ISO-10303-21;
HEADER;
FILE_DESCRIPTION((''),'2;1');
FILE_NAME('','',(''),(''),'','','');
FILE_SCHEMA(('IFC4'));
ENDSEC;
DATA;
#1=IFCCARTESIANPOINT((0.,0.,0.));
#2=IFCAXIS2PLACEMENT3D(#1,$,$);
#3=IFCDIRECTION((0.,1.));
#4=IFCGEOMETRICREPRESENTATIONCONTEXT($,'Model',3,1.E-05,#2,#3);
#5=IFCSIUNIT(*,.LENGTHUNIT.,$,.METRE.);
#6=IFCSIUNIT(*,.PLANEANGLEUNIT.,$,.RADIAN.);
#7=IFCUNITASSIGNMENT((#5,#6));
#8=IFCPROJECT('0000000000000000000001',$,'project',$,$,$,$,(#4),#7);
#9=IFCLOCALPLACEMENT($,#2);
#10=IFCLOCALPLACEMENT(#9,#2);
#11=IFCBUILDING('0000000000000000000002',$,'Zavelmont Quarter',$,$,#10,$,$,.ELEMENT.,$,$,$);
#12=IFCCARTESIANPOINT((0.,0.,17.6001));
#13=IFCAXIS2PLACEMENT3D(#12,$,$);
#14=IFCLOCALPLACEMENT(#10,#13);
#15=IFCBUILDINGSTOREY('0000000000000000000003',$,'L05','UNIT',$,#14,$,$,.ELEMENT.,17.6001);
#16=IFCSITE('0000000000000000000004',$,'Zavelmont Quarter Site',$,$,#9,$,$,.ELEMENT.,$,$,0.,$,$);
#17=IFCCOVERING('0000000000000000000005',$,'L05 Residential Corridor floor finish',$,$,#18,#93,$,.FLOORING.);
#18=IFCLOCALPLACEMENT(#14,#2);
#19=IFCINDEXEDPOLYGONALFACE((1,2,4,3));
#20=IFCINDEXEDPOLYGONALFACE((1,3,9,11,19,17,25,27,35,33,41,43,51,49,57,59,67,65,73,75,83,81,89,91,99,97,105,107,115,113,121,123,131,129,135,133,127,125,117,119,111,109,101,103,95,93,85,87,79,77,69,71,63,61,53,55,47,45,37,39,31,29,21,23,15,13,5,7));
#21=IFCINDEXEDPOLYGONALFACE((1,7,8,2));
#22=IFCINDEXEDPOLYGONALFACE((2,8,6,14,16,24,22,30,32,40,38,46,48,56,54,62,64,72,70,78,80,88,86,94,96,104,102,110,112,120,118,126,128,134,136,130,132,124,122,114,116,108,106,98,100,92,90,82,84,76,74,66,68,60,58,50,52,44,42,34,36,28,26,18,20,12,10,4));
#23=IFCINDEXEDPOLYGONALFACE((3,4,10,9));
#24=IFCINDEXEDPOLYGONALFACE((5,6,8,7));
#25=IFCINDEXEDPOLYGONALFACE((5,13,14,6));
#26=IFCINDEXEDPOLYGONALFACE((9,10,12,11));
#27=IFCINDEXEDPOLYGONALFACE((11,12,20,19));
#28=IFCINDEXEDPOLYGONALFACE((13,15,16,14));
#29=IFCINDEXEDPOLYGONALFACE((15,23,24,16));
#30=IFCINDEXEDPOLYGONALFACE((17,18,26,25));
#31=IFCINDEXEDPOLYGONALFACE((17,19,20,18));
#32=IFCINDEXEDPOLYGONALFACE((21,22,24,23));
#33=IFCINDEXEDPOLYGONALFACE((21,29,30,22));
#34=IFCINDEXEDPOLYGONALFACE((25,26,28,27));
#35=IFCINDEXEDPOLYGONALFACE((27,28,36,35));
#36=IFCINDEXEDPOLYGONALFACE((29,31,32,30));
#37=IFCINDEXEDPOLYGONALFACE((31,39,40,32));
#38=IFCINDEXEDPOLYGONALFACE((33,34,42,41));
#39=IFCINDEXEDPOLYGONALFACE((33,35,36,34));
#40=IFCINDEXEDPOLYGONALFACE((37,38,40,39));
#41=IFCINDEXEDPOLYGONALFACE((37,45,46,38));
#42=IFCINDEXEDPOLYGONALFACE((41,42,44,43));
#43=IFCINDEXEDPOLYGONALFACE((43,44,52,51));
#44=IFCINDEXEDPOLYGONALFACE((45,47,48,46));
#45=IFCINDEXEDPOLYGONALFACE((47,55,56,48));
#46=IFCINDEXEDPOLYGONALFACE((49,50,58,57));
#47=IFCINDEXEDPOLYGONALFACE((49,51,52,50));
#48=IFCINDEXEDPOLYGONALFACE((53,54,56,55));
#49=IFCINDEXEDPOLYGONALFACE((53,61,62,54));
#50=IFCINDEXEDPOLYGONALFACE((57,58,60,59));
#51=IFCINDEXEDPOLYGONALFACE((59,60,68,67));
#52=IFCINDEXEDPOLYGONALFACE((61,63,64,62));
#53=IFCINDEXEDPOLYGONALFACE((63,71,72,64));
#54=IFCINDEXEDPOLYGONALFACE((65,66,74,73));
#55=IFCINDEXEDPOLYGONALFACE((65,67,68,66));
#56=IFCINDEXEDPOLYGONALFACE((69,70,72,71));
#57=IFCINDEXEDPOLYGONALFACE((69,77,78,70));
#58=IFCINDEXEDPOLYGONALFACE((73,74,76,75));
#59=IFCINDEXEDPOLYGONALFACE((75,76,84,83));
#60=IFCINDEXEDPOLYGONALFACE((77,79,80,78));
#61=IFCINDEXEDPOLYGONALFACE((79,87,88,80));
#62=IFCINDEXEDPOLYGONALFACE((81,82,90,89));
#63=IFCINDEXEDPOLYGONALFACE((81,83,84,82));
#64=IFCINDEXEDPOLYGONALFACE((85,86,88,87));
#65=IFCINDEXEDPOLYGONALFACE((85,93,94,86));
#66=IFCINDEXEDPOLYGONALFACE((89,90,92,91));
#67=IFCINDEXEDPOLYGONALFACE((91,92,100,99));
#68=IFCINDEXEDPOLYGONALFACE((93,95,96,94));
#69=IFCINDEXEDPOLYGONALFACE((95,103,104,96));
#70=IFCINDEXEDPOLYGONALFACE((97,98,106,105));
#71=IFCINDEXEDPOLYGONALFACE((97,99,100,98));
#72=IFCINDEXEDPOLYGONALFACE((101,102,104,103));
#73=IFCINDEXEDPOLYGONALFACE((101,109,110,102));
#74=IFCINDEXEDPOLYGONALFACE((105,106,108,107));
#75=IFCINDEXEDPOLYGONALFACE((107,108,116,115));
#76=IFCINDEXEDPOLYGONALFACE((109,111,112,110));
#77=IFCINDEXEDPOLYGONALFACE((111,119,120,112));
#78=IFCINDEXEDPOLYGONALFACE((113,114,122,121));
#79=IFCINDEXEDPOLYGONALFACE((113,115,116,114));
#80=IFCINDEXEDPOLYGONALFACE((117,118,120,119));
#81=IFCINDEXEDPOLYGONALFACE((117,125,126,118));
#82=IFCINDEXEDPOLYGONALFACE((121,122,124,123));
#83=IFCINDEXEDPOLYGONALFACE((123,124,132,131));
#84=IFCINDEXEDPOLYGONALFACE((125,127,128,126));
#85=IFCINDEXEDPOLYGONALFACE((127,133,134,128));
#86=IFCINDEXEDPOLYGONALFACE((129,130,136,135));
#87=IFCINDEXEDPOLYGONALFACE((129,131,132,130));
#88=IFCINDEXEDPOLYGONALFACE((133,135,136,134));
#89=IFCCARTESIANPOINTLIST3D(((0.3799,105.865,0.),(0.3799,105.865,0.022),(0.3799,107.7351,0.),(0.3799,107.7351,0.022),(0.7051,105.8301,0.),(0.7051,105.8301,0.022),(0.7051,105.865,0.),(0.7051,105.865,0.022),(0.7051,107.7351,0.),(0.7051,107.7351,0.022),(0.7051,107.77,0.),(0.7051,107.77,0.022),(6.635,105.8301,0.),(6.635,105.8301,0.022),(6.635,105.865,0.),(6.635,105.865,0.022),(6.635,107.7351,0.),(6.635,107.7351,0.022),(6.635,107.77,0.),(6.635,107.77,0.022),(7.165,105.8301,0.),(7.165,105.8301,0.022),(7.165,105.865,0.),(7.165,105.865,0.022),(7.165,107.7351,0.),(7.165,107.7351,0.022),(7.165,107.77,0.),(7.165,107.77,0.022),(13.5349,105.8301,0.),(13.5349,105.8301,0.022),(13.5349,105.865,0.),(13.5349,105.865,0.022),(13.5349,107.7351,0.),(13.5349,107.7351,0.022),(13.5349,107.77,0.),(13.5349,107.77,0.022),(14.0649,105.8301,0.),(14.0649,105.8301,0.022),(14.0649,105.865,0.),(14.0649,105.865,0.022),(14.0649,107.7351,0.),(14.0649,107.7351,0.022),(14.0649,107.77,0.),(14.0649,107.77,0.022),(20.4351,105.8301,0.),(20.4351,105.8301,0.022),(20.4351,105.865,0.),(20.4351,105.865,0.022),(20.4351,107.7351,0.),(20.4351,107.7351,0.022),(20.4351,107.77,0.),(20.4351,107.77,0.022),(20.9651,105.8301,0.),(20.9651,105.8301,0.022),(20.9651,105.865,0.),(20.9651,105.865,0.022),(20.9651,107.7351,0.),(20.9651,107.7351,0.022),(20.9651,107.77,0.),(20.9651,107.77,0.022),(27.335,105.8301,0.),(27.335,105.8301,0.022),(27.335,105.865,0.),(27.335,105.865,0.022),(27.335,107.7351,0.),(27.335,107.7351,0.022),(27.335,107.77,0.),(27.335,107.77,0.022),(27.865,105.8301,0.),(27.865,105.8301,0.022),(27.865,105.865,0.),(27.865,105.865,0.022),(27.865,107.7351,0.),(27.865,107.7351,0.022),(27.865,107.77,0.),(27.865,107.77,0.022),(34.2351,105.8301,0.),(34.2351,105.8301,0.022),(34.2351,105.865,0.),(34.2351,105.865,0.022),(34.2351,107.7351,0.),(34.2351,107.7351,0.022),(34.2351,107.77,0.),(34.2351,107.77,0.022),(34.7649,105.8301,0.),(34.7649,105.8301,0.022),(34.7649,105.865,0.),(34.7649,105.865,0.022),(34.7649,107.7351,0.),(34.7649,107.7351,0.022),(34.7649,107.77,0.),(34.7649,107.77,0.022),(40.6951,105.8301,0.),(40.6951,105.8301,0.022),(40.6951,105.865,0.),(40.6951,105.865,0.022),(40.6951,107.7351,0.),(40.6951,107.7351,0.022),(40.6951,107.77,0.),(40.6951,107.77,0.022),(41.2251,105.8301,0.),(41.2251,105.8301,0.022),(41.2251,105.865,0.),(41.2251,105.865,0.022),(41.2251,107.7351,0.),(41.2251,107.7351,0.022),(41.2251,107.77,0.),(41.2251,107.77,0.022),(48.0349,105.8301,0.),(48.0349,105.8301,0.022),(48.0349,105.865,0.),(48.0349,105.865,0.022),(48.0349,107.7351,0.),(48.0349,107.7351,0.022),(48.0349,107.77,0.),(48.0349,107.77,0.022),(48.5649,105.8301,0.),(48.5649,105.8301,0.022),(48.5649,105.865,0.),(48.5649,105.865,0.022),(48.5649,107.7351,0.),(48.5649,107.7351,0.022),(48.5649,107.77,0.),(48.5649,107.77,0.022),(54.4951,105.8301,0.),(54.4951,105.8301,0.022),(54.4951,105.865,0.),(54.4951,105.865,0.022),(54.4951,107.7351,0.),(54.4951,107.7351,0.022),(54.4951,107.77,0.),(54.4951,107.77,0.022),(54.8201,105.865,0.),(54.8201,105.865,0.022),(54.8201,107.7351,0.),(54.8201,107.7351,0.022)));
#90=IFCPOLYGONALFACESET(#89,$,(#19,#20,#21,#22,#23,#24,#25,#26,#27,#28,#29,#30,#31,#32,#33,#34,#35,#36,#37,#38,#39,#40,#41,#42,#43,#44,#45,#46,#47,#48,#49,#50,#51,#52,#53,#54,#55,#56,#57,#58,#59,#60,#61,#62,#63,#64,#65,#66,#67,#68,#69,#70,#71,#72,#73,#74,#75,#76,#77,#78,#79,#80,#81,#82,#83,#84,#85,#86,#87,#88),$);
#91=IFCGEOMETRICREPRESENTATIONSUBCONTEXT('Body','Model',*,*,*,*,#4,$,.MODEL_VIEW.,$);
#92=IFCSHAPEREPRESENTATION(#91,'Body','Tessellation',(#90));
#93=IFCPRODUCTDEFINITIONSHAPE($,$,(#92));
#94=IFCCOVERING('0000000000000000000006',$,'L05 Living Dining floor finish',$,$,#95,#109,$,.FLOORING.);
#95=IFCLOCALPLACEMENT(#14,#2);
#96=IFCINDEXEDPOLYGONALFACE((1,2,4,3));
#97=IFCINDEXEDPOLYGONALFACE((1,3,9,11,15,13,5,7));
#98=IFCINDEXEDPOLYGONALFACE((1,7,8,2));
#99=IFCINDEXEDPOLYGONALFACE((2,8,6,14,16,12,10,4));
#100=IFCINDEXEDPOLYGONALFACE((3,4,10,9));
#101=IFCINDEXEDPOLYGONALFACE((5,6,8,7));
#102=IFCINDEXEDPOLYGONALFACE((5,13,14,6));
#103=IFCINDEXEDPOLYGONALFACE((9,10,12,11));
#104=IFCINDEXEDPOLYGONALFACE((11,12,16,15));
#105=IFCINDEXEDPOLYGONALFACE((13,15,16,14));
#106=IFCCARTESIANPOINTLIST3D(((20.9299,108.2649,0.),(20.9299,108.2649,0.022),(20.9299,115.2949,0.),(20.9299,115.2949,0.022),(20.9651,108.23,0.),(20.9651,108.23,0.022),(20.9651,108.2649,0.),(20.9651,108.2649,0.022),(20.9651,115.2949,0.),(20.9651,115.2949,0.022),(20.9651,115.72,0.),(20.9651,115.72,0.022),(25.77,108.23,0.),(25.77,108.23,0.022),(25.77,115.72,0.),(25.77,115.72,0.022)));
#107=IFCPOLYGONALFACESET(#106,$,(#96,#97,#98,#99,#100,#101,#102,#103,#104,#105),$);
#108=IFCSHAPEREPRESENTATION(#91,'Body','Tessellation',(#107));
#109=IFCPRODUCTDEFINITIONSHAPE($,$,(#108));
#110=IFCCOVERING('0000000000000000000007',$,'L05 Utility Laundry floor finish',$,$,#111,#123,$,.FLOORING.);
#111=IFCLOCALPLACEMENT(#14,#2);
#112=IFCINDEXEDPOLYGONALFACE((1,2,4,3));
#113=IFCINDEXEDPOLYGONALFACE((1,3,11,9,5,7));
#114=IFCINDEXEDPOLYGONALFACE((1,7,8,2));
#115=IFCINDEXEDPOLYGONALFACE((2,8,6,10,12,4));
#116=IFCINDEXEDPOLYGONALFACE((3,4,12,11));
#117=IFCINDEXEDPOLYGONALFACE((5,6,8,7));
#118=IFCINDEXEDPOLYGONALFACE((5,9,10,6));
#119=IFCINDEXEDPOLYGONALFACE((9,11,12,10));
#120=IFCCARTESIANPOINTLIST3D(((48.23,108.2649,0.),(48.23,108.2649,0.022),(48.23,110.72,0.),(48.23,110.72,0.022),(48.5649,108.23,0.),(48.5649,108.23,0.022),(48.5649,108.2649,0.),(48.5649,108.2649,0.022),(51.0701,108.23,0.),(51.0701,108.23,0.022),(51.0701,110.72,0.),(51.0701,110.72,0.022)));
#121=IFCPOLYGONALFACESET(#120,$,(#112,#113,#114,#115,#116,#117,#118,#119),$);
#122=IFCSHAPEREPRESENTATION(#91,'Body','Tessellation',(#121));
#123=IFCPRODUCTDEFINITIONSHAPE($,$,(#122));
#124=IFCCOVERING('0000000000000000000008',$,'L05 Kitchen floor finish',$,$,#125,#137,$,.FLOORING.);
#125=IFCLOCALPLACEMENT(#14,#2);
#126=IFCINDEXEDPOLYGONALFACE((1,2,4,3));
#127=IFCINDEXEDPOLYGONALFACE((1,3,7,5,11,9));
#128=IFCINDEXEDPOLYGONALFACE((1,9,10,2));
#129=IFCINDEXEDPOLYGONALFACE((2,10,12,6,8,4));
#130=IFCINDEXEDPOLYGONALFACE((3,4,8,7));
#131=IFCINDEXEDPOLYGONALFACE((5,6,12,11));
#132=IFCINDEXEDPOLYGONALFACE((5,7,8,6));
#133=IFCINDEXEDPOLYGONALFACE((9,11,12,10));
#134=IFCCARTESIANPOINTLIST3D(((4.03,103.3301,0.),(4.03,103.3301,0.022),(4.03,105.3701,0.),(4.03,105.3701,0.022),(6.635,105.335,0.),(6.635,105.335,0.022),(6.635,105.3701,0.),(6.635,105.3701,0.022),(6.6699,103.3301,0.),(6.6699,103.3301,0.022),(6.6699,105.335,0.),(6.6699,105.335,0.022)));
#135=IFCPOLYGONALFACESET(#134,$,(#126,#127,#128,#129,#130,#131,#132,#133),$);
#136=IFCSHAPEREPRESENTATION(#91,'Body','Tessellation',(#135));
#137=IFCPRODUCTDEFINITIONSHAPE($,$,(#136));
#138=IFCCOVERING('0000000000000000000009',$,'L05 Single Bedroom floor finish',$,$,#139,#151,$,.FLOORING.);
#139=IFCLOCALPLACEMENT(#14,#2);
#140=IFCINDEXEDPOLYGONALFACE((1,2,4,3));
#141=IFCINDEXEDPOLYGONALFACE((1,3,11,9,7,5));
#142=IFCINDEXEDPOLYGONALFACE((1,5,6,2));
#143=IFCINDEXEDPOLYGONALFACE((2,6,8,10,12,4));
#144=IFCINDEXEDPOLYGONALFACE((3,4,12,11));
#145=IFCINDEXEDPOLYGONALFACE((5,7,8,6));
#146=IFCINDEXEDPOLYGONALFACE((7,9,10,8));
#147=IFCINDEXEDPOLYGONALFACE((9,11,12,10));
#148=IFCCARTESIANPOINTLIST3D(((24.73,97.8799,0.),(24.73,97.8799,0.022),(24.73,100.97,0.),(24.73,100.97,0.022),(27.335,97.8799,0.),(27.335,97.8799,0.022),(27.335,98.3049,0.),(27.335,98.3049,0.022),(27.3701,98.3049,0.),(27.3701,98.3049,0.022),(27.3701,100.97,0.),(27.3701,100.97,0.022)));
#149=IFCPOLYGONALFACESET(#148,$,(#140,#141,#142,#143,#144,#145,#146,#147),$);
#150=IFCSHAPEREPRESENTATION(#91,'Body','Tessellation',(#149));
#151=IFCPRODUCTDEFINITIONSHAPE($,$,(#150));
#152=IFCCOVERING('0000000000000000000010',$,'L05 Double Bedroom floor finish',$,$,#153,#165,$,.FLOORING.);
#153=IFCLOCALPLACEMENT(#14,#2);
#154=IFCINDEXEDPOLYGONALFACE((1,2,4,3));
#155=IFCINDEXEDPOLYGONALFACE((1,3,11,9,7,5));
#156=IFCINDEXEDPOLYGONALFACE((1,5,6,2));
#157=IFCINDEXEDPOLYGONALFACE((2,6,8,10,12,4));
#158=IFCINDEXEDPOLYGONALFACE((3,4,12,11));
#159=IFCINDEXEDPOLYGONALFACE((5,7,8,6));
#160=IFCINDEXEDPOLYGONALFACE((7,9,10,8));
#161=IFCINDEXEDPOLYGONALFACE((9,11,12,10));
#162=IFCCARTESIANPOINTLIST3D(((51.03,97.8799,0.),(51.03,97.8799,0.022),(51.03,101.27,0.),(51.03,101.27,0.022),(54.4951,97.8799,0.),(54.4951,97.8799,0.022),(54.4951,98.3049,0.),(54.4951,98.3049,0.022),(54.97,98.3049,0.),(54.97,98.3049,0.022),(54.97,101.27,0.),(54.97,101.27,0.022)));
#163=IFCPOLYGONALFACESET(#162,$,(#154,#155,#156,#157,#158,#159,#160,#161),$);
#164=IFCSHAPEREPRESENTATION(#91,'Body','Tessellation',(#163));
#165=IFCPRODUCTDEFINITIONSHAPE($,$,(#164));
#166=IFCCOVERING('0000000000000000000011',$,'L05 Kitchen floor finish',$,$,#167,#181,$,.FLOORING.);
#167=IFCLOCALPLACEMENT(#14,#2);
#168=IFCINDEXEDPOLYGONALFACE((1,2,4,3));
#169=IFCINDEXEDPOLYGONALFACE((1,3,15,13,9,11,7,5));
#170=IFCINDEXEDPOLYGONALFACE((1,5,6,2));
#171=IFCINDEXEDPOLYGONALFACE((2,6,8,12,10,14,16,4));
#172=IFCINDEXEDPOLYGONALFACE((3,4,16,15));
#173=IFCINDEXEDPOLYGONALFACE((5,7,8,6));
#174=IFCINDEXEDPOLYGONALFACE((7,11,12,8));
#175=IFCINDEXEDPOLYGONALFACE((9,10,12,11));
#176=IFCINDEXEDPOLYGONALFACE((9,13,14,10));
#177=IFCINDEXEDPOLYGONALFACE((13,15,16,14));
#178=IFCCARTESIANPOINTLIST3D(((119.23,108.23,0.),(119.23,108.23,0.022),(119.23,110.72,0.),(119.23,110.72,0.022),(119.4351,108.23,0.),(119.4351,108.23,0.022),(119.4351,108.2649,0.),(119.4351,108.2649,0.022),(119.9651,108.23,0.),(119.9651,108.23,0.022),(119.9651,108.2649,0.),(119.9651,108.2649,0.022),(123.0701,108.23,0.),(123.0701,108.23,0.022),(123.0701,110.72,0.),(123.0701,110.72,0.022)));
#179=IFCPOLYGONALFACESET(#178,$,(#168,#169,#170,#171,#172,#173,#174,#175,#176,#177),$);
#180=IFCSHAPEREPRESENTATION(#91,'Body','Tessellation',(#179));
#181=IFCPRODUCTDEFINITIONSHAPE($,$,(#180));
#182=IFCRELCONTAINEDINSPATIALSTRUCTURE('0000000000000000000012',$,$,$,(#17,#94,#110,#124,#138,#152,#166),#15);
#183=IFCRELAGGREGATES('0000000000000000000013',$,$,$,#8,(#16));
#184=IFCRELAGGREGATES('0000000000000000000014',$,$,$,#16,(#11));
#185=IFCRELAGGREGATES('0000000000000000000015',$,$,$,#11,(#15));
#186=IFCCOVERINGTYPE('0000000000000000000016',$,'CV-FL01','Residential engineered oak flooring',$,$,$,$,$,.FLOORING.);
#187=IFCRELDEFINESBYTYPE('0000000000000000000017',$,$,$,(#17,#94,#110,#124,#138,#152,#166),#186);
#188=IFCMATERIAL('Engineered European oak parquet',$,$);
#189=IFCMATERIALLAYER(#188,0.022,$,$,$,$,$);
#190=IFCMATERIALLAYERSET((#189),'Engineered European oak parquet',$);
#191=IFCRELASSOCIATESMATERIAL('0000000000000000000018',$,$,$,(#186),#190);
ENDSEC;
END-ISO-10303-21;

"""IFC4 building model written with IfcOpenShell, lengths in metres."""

from ifc_helpers import new_model, si_unit, direction, frame, origin, place, context, subcontext, project, spatial, polyline, outline, extrude, material, layer, layer_set, type_object, element, save


model = new_model("IFC4")

# Units and contexts
model_context = context("Model", 3, precision=1e-05, world=origin(), true_north=direction((0.0, 1.0)))
body_context = subcontext(model_context, "Body", "Model", "MODEL_VIEW")
ifc_project = project(units=[si_unit("LENGTHUNIT", "METRE"), si_unit("PLANEANGLEUNIT", "RADIAN")], contexts=[model_context])

# Site, building, storey
site_placement = place(None, origin())
site = spatial("IfcSite", under=ifc_project, at=site_placement, Name="Zavelmont Quarter Site", CompositionType="ELEMENT", RefElevation=0.0)
building_placement = place(site_placement, origin())
building = spatial("IfcBuilding", under=site, at=building_placement, Name="Zavelmont Quarter", CompositionType="ELEMENT")
storey_placement = place(building_placement, frame((0.0, 0.0, 17.6001)))
storey = spatial("IfcBuildingStorey", under=building, at=storey_placement, Name="L05", Description="UNIT", CompositionType="ELEMENT", Elevation=17.6001)

# Coverings
ifc_material_1 = material(Name="Engineered European oak parquet")
ifc_layer_1 = layer(ifc_material_1, 0.022)
ifc_layer_set_1 = layer_set([ifc_layer_1], Name="Engineered European oak parquet")
covering_type_1 = type_object("IfcCoveringType", Name="CV-FL01", Description="Residential engineered oak flooring", PredefinedType="FLOORING", material=ifc_layer_set_1)
covering_1_placement = place(storey_placement, origin())
element("IfcCovering", 1, at=covering_1_placement, inside=storey, type_object=covering_type_1, Name="L05 Residential Corridor floor finish", PredefinedType="FLOORING", context=body_context, shape_type="SweptSolid", body=[
    extrude(outline(polyline([(0.3799, 107.7351), (0.7051, 107.7351), (0.7051, 107.77), (6.635, 107.77), (6.635, 107.7351), (7.165, 107.7351), (7.165, 107.77), (13.5349, 107.77), (13.5349, 107.7351), (14.0649, 107.7351), (14.0649, 107.77), (20.4351, 107.77), (20.4351, 107.7351), (20.9651, 107.7351), (20.9651, 107.77), (27.335, 107.77), (27.335, 107.7351), (27.865, 107.7351), (27.865, 107.77), (34.2351, 107.77), (34.2351, 107.7351), (34.7649, 107.7351), (34.7649, 107.77), (40.6951, 107.77), (40.6951, 107.7351), (41.2251, 107.7351), (41.2251, 107.77), (48.0349, 107.77), (48.0349, 107.7351), (48.5649, 107.7351), (48.5649, 107.77), (54.4951, 107.77), (54.4951, 107.7351), (54.8201, 107.7351), (54.8201, 105.865), (54.4951, 105.865), (54.4951, 105.8301), (48.5649, 105.8301), (48.5649, 105.865), (48.0349, 105.865), (48.0349, 105.8301), (41.2251, 105.8301), (41.2251, 105.865), (40.6951, 105.865), (40.6951, 105.8301), (34.7649, 105.8301), (34.7649, 105.865), (34.2351, 105.865), (34.2351, 105.8301), (27.865, 105.8301), (27.865, 105.865), (27.335, 105.865), (27.335, 105.8301), (20.9651, 105.8301), (20.9651, 105.865), (20.4351, 105.865), (20.4351, 105.8301), (14.0649, 105.8301), (14.0649, 105.865), (13.5349, 105.865), (13.5349, 105.8301), (7.165, 105.8301), (7.165, 105.865), (6.635, 105.865), (6.635, 105.8301), (0.7051, 105.8301), (0.7051, 105.865), (0.3799, 105.865), (0.3799, 107.7351)])), origin(), (0.0, 0.0, 1.0), 0.022),
])
covering_2_placement = place(storey_placement, origin())
element("IfcCovering", 2, at=covering_2_placement, inside=storey, type_object=covering_type_1, Name="L05 Living Dining floor finish", PredefinedType="FLOORING", context=body_context, shape_type="SweptSolid", body=[
    extrude(outline(polyline([(20.9299, 115.2949), (20.9651, 115.2949), (20.9651, 115.72), (25.77, 115.72), (25.77, 108.23), (20.9651, 108.23), (20.9651, 108.2649), (20.9299, 108.2649), (20.9299, 115.2949)])), origin(), (0.0, 0.0, 1.0), 0.022),
])
covering_3_placement = place(storey_placement, origin())
element("IfcCovering", 3, at=covering_3_placement, inside=storey, type_object=covering_type_1, Name="L05 Utility Laundry floor finish", PredefinedType="FLOORING", context=body_context, shape_type="SweptSolid", body=[
    extrude(outline(polyline([(48.23, 110.72), (51.0701, 110.72), (51.0701, 108.23), (48.5649, 108.23), (48.5649, 108.2649), (48.23, 108.2649), (48.23, 110.72)])), origin(), (0.0, 0.0, 1.0), 0.022),
])
covering_4_placement = place(storey_placement, origin())
element("IfcCovering", 4, at=covering_4_placement, inside=storey, type_object=covering_type_1, Name="L05 Kitchen floor finish", PredefinedType="FLOORING", context=body_context, shape_type="SweptSolid", body=[
    extrude(outline(polyline([(4.03, 105.3701), (6.635, 105.3701), (6.635, 105.335), (6.6699, 105.335), (6.6699, 103.3301), (4.03, 103.3301), (4.03, 105.3701)])), origin(), (0.0, 0.0, 1.0), 0.022),
])
covering_5_placement = place(storey_placement, origin())
element("IfcCovering", 5, at=covering_5_placement, inside=storey, type_object=covering_type_1, Name="L05 Single Bedroom floor finish", PredefinedType="FLOORING", context=body_context, shape_type="SweptSolid", body=[
    extrude(outline(polyline([(24.73, 100.97), (27.3701, 100.97), (27.3701, 98.3049), (27.335, 98.3049), (27.335, 97.8799), (24.73, 97.8799), (24.73, 100.97)])), origin(), (0.0, 0.0, 1.0), 0.022),
])
covering_6_placement = place(storey_placement, origin())
element("IfcCovering", 6, at=covering_6_placement, inside=storey, type_object=covering_type_1, Name="L05 Double Bedroom floor finish", PredefinedType="FLOORING", context=body_context, shape_type="SweptSolid", body=[
    extrude(outline(polyline([(51.03, 101.27), (54.97, 101.27), (54.97, 98.3049), (54.4951, 98.3049), (54.4951, 97.8799), (51.03, 97.8799), (51.03, 101.27)])), origin(), (0.0, 0.0, 1.0), 0.022),
])
covering_7_placement = place(storey_placement, origin())
element("IfcCovering", 7, at=covering_7_placement, inside=storey, type_object=covering_type_1, Name="L05 Kitchen floor finish", PredefinedType="FLOORING", context=body_context, shape_type="SweptSolid", body=[
    extrude(outline(polyline([(119.23, 110.72), (123.0701, 110.72), (123.0701, 108.23), (119.9651, 108.23), (119.9651, 108.2649), (119.4351, 108.2649), (119.4351, 108.23), (119.23, 108.23), (119.23, 110.72)])), origin(), (0.0, 0.0, 1.0), 0.022),
])

save(model, "model.ifc")
